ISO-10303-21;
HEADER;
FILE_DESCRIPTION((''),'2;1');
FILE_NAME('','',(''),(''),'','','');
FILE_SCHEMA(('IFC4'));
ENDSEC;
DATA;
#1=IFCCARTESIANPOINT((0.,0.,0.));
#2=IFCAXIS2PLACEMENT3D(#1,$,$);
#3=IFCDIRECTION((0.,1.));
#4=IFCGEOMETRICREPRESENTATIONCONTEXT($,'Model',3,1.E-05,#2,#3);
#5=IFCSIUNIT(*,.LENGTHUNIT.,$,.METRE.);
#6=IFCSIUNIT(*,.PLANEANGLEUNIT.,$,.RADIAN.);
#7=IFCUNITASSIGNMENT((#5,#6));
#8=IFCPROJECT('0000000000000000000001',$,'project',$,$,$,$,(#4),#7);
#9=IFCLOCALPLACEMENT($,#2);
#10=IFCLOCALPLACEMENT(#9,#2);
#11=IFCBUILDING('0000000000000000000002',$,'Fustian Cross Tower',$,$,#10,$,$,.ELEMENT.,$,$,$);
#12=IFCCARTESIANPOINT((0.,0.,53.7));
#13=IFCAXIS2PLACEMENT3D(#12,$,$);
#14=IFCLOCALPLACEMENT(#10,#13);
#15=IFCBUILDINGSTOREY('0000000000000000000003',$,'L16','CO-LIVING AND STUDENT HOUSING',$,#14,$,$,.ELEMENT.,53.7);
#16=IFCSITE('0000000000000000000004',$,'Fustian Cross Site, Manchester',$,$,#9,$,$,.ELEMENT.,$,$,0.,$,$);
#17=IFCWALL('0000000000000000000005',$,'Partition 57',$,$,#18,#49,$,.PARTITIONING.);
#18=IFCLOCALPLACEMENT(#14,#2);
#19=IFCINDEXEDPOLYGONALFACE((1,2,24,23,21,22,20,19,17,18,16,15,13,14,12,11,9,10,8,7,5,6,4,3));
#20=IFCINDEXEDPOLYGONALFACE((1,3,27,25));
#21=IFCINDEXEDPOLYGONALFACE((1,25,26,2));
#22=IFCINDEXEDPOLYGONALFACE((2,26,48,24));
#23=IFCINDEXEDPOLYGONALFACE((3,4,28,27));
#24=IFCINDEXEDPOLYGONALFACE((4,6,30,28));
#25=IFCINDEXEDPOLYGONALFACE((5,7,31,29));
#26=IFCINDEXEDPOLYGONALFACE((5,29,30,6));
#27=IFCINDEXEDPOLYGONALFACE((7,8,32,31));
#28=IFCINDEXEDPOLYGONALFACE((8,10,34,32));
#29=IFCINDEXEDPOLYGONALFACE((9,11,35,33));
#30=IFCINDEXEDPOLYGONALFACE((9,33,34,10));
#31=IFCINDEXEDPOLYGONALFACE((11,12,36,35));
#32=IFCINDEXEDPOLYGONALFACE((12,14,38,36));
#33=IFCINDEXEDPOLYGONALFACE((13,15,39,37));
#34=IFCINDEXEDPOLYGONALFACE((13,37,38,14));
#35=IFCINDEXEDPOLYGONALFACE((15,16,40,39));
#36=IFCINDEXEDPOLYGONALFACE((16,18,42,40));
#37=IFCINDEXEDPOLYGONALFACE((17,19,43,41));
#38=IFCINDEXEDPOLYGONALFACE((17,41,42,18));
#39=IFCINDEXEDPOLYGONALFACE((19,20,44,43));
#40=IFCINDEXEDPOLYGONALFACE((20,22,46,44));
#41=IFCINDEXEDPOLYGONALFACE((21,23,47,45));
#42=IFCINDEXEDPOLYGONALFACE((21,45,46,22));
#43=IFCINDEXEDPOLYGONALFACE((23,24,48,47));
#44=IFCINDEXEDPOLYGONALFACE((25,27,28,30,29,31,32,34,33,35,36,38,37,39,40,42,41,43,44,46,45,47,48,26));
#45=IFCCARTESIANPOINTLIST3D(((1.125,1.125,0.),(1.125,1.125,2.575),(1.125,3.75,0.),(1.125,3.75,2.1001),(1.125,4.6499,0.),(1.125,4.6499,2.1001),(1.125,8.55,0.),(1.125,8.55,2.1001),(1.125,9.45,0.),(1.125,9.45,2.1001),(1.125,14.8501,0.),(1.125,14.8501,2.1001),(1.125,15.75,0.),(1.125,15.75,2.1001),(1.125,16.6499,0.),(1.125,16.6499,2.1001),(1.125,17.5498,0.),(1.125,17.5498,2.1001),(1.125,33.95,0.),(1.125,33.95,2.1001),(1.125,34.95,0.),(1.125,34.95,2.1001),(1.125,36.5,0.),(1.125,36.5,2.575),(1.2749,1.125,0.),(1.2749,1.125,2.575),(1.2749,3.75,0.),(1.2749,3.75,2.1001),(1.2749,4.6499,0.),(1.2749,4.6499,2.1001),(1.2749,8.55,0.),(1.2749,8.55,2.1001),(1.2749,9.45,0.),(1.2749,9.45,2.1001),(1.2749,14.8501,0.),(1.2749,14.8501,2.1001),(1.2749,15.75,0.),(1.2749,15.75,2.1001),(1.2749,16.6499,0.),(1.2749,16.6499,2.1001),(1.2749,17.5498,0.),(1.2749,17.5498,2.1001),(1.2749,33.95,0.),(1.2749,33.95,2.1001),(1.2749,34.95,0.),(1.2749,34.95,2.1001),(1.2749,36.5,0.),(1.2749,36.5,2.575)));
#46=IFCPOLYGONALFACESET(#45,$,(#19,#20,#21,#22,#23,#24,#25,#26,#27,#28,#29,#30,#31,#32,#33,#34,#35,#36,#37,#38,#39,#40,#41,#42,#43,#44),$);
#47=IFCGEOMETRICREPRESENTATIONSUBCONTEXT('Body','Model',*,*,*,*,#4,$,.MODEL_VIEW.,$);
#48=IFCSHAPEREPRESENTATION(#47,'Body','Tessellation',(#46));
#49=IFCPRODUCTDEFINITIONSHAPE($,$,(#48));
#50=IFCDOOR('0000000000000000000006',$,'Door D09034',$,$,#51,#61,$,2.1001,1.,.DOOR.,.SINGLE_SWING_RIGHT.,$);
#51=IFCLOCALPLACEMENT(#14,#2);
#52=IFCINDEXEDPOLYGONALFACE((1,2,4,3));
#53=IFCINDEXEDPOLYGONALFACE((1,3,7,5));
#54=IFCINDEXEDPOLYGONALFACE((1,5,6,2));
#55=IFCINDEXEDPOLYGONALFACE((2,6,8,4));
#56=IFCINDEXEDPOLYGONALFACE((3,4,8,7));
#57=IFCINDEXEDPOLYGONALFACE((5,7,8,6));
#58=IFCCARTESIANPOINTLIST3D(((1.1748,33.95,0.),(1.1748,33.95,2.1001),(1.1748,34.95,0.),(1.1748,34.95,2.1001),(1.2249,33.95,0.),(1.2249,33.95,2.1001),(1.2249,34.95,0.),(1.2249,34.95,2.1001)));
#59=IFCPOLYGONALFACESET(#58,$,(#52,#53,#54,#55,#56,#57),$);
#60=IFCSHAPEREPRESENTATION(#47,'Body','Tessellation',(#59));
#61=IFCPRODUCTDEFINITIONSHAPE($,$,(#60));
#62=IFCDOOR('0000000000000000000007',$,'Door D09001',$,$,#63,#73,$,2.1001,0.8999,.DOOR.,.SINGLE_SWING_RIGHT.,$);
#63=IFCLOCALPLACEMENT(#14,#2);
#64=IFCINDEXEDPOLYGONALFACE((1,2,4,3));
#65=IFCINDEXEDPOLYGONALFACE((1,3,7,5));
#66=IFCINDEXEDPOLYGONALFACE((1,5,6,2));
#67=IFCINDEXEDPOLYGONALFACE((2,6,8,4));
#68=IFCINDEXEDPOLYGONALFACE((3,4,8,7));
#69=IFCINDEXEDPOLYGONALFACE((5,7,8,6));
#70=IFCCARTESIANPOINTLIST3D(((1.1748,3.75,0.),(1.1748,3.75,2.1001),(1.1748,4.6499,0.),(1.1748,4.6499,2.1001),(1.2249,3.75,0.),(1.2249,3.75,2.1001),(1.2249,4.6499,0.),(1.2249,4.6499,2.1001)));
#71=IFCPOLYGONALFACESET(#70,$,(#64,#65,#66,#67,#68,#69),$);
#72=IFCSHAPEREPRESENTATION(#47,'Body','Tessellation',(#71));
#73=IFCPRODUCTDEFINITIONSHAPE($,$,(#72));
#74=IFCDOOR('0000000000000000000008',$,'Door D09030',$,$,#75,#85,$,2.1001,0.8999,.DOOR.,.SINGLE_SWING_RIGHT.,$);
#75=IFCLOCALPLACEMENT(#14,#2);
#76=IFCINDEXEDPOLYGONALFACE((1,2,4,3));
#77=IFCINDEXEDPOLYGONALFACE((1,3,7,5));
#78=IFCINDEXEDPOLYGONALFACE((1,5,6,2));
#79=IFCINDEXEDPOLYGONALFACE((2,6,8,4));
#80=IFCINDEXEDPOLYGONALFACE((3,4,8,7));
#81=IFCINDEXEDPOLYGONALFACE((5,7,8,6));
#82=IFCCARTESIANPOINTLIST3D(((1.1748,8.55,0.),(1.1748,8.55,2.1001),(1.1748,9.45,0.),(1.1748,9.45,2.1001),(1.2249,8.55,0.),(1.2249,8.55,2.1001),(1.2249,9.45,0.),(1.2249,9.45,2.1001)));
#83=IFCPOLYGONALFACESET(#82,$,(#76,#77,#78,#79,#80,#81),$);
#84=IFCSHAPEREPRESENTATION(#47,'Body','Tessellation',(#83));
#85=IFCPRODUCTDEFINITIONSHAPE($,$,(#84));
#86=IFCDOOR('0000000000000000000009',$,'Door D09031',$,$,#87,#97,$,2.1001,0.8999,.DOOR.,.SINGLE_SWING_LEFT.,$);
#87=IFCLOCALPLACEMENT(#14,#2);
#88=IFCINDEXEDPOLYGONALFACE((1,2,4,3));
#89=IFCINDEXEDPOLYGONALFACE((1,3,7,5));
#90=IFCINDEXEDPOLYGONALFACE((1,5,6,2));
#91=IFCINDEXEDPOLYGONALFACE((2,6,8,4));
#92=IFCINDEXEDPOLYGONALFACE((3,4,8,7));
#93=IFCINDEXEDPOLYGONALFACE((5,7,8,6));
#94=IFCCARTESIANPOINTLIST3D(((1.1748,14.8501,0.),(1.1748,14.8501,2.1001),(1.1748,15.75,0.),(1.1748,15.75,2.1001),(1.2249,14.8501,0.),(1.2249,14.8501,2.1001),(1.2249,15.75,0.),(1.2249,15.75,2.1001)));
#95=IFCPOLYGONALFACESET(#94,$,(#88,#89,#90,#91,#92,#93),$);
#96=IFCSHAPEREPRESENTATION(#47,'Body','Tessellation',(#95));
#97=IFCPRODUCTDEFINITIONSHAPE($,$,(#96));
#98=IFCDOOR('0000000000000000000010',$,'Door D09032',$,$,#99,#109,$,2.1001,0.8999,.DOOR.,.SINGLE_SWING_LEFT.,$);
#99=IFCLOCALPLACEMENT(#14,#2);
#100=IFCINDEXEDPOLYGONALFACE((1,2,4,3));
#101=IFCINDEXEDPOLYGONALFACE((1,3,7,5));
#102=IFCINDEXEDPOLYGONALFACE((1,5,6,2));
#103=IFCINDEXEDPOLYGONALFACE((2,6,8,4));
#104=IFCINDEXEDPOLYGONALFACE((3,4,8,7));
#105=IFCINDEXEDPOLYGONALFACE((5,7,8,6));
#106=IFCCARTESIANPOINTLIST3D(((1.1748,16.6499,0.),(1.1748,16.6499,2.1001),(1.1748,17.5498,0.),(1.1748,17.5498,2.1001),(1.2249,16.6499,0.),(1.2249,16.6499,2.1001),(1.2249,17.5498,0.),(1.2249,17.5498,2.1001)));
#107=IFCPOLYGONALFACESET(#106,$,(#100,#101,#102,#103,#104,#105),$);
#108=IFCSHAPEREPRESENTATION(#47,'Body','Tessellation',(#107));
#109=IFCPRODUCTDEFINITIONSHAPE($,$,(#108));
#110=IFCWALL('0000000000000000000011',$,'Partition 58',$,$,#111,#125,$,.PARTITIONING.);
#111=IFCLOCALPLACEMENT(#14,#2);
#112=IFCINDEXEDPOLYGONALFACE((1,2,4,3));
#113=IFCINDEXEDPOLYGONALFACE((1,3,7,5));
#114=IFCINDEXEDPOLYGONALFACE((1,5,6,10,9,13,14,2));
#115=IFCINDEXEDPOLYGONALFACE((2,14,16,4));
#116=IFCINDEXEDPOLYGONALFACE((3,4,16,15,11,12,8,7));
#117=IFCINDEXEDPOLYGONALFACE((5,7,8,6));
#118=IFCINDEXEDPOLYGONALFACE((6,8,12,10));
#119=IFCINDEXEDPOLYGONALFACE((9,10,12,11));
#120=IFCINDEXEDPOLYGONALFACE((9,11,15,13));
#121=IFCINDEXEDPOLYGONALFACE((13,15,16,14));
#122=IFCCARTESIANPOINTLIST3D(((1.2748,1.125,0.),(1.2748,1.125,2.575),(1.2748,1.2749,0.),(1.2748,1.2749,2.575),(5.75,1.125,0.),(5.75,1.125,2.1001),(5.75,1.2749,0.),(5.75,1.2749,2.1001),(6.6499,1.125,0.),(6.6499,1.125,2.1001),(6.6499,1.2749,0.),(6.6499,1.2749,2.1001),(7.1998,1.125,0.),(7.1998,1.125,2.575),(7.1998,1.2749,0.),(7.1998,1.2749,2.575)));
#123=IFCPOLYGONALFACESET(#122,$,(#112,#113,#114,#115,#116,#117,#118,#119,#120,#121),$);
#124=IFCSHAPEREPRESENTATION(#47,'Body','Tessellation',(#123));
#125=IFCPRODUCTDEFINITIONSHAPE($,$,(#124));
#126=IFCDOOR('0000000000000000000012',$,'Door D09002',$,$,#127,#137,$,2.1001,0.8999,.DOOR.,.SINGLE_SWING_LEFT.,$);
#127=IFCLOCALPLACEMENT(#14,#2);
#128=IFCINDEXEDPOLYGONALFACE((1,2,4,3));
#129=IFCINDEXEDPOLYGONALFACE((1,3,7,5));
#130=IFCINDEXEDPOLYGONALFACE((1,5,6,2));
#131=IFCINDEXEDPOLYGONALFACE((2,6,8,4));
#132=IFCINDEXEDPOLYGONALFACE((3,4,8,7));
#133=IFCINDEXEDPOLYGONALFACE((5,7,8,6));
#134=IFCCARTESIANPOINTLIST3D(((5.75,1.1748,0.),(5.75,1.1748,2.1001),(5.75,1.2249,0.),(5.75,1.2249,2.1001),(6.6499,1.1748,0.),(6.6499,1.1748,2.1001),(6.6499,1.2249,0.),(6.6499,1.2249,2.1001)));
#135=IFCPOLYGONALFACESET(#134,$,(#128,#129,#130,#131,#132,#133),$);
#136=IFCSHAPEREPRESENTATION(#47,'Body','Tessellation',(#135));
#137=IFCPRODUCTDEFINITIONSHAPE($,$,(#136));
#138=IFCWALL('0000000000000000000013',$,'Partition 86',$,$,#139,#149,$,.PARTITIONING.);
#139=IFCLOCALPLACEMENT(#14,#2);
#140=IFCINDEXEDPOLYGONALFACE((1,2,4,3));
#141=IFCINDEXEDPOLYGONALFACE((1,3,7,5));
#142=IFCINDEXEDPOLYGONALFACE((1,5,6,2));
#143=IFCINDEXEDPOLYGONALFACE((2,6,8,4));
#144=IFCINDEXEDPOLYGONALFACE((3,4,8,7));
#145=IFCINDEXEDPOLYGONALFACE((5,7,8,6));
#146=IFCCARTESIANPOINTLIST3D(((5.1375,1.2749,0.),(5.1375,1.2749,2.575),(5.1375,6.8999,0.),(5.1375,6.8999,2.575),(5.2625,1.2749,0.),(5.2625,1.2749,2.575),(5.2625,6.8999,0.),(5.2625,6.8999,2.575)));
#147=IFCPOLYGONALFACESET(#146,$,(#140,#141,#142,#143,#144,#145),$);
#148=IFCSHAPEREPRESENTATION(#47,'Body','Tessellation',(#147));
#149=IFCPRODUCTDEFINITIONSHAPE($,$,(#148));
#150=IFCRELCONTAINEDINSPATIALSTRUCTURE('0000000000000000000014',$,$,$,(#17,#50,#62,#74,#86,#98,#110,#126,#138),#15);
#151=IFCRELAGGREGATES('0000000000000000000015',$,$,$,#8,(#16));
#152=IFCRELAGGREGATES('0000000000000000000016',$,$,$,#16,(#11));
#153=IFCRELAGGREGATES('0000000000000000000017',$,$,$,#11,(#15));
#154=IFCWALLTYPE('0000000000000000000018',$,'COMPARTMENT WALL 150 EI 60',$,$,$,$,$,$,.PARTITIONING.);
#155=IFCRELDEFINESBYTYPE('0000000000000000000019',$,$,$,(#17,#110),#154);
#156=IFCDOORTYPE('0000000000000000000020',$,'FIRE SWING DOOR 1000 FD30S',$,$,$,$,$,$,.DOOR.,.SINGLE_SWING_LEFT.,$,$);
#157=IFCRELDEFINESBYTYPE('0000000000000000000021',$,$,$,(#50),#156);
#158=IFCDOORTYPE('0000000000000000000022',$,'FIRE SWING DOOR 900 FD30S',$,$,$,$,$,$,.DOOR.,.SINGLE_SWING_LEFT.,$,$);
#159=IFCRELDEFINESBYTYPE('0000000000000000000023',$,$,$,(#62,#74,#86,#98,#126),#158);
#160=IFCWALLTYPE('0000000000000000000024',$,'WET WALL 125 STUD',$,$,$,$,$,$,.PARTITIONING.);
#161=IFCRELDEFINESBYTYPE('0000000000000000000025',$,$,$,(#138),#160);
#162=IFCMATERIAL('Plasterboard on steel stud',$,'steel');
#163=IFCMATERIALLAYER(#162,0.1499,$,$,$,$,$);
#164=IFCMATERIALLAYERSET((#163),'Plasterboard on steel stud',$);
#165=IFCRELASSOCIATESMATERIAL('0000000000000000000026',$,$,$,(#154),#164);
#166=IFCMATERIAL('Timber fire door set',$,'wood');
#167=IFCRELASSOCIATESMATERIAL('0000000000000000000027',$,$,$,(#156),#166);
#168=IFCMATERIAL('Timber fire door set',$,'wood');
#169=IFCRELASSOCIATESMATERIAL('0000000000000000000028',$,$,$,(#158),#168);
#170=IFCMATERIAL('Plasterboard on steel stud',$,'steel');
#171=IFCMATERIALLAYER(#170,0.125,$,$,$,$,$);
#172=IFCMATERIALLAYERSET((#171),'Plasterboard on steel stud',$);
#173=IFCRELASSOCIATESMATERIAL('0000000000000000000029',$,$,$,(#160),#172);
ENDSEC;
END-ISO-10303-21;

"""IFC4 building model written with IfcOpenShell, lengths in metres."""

from ifc_helpers import new_model, si_unit, direction, frame, frame_2d, origin, place, context, subcontext, project, spatial, rectangle, extrude, material, layer, layer_set, type_object, element, fill, save


model = new_model("IFC4")

# Units and contexts
model_context = context("Model", 3, precision=1e-05, world=origin(), true_north=direction((0.0, 1.0)))
body_context = subcontext(model_context, "Body", "Model", "MODEL_VIEW")
ifc_project = project(units=[si_unit("LENGTHUNIT", "METRE"), si_unit("PLANEANGLEUNIT", "RADIAN")], contexts=[model_context])

# Site, building, storey
site_placement = place(None, origin())
site = spatial("IfcSite", under=ifc_project, at=site_placement, Name="Fustian Cross Site, Manchester", CompositionType="ELEMENT", RefElevation=0.0)
building_placement = place(site_placement, origin())
building = spatial("IfcBuilding", under=site, at=building_placement, Name="Fustian Cross Tower", CompositionType="ELEMENT")
storey_placement = place(building_placement, frame((0.0, 0.0, 53.7)))
storey = spatial("IfcBuildingStorey", under=building, at=storey_placement, Name="L16", Description="CO-LIVING AND STUDENT HOUSING", CompositionType="ELEMENT", Elevation=53.7)

# Wall, openings, doors
ifc_material_1 = material(Name="Plasterboard on steel stud", Category="steel")
ifc_layer_1 = layer(ifc_material_1, 0.1499)
ifc_layer_set_1 = layer_set([ifc_layer_1], Name="Plasterboard on steel stud")
wall_type_1 = type_object("IfcWallType", Name="COMPARTMENT WALL 150 EI 60", PredefinedType="PARTITIONING", material=ifc_layer_set_1)
wall_1_placement = place(storey_placement, frame((1.2, 1.125, 0.0), z_axis=(0.0, 0.0, 1.0), x_axis=(0.0, 1.0, 0.0)))
wall_1 = element("IfcWall", 1, at=wall_1_placement, inside=storey, type_object=wall_type_1, Name="Partition 57", PredefinedType="PARTITIONING", context=body_context, shape_type="SweptSolid", body=[
    extrude(rectangle(XDim=35.375, YDim=0.1499, at=frame_2d((17.6875, 0.0))), origin(), (0.0, 0.0, 1.0), 2.575),
])
opening_1_placement = place(wall_1_placement, frame((2.625, 0.0, 0.0)))
opening_1 = element("IfcOpeningElement", 2, at=opening_1_placement, cuts=wall_1, PredefinedType="OPENING", context=body_context, shape_type="SweptSolid", body=[
    extrude(rectangle(XDim=0.8999, YDim=2.1001, at=frame_2d((0.45, 1.05))), frame((0.0, 0.085, 0.0), z_axis=(0.0, -1.0, 0.0), x_axis=(1.0, 0.0, 0.0)), (0.0, 0.0, 1.0), 0.1699),
])
opening_2_placement = place(wall_1_placement, frame((7.425, 0.0, 0.0)))
opening_2 = element("IfcOpeningElement", 3, at=opening_2_placement, cuts=wall_1, PredefinedType="OPENING", context=body_context, shape_type="SweptSolid", body=[
    extrude(rectangle(XDim=0.8999, YDim=2.1001, at=frame_2d((0.45, 1.05))), frame((0.0, 0.085, 0.0), z_axis=(0.0, -1.0, 0.0), x_axis=(1.0, 0.0, 0.0)), (0.0, 0.0, 1.0), 0.1699),
])
opening_3_placement = place(wall_1_placement, frame((13.7251, 0.0, 0.0)))
opening_3 = element("IfcOpeningElement", 4, at=opening_3_placement, cuts=wall_1, PredefinedType="OPENING", context=body_context, shape_type="SweptSolid", body=[
    extrude(rectangle(XDim=0.8999, YDim=2.1001, at=frame_2d((0.45, 1.05))), frame((0.0, 0.085, 0.0), z_axis=(0.0, -1.0, 0.0), x_axis=(1.0, 0.0, 0.0)), (0.0, 0.0, 1.0), 0.1699),
])
opening_4_placement = place(wall_1_placement, frame((15.5249, 0.0, 0.0)))
opening_4 = element("IfcOpeningElement", 5, at=opening_4_placement, cuts=wall_1, PredefinedType="OPENING", context=body_context, shape_type="SweptSolid", body=[
    extrude(rectangle(XDim=0.8999, YDim=2.1001, at=frame_2d((0.45, 1.05))), frame((0.0, 0.085, 0.0), z_axis=(0.0, -1.0, 0.0), x_axis=(1.0, 0.0, 0.0)), (0.0, 0.0, 1.0), 0.1699),
])
opening_5_placement = place(wall_1_placement, frame((32.825, 0.0, 0.0)))
opening_5 = element("IfcOpeningElement", 6, at=opening_5_placement, cuts=wall_1, PredefinedType="OPENING", context=body_context, shape_type="SweptSolid", body=[
    extrude(rectangle(XDim=1.0, YDim=2.1001, at=frame_2d((0.5, 1.05))), frame((0.0, 0.085, 0.0), z_axis=(0.0, -1.0, 0.0), x_axis=(1.0, 0.0, 0.0)), (0.0, 0.0, 1.0), 0.1699),
])
ifc_material_2 = material(Name="Timber fire door set", Category="wood")
door_type_1 = type_object("IfcDoorType", Name="FIRE SWING DOOR 1000 FD30S", OperationType="SINGLE_SWING_LEFT", PredefinedType="DOOR", material=ifc_material_2)
door_1_placement = place(opening_5_placement, frame((1.0, 0.0, 0.0), z_axis=(0.0, 0.0, 1.0), x_axis=(-1.0, 0.0, 0.0)))
door_1 = element("IfcDoor", 7, at=door_1_placement, inside=storey, type_object=door_type_1, Name="Door D09034", OperationType="SINGLE_SWING_RIGHT", OverallHeight=2.1001, OverallWidth=1.0, PredefinedType="DOOR", context=body_context, shape_type="SweptSolid", body=[
    extrude(rectangle(XDim=1.0, YDim=2.1001, at=frame_2d((0.5, 1.05))), frame((0.0, 0.0249, 0.0), z_axis=(0.0, -1.0, 0.0), x_axis=(1.0, 0.0, 0.0)), (0.0, 0.0, 1.0), 0.05),
])
fill(opening_5, door_1)
ifc_material_3 = material(Name="Timber fire door set", Category="wood")
door_type_2 = type_object("IfcDoorType", Name="FIRE SWING DOOR 900 FD30S", OperationType="SINGLE_SWING_LEFT", PredefinedType="DOOR", material=ifc_material_3)
door_2_placement = place(opening_1_placement, frame((0.8999, 0.0, 0.0), z_axis=(0.0, 0.0, 1.0), x_axis=(-1.0, 0.0, 0.0)))
door_2 = element("IfcDoor", 8, at=door_2_placement, inside=storey, type_object=door_type_2, Name="Door D09001", OperationType="SINGLE_SWING_RIGHT", OverallHeight=2.1001, OverallWidth=0.8999, PredefinedType="DOOR", context=body_context, shape_type="SweptSolid", body=[
    extrude(rectangle(XDim=0.8999, YDim=2.1001, at=frame_2d((0.45, 1.05))), frame((0.0, 0.0249, 0.0), z_axis=(0.0, -1.0, 0.0), x_axis=(1.0, 0.0, 0.0)), (0.0, 0.0, 1.0), 0.05),
])
fill(opening_1, door_2)
door_3_placement = place(opening_2_placement, frame((0.8999, 0.0, 0.0), z_axis=(0.0, 0.0, 1.0), x_axis=(-1.0, 0.0, 0.0)))
door_3 = element("IfcDoor", 9, at=door_3_placement, inside=storey, type_object=door_type_2, Name="Door D09030", OperationType="SINGLE_SWING_RIGHT", OverallHeight=2.1001, OverallWidth=0.8999, PredefinedType="DOOR", context=body_context, shape_type="SweptSolid", body=[
    extrude(rectangle(XDim=0.8999, YDim=2.1001, at=frame_2d((0.45, 1.05))), frame((0.0, 0.0249, 0.0), z_axis=(0.0, -1.0, 0.0), x_axis=(1.0, 0.0, 0.0)), (0.0, 0.0, 1.0), 0.05),
])
fill(opening_2, door_3)
door_4_placement = place(opening_3_placement, frame((0.8999, 0.0, 0.0), z_axis=(0.0, 0.0, 1.0), x_axis=(-1.0, 0.0, 0.0)))
door_4 = element("IfcDoor", 10, at=door_4_placement, inside=storey, type_object=door_type_2, Name="Door D09031", OperationType="SINGLE_SWING_LEFT", OverallHeight=2.1001, OverallWidth=0.8999, PredefinedType="DOOR", context=body_context, shape_type="SweptSolid", body=[
    extrude(rectangle(XDim=0.8999, YDim=2.1001, at=frame_2d((0.45, 1.05))), frame((0.0, 0.0249, 0.0), z_axis=(0.0, -1.0, 0.0), x_axis=(1.0, 0.0, 0.0)), (0.0, 0.0, 1.0), 0.05),
])
fill(opening_3, door_4)
door_5_placement = place(opening_4_placement, frame((0.8999, 0.0, 0.0), z_axis=(0.0, 0.0, 1.0), x_axis=(-1.0, 0.0, 0.0)))
door_5 = element("IfcDoor", 11, at=door_5_placement, inside=storey, type_object=door_type_2, Name="Door D09032", OperationType="SINGLE_SWING_LEFT", OverallHeight=2.1001, OverallWidth=0.8999, PredefinedType="DOOR", context=body_context, shape_type="SweptSolid", body=[
    extrude(rectangle(XDim=0.8999, YDim=2.1001, at=frame_2d((0.45, 1.05))), frame((0.0, 0.0249, 0.0), z_axis=(0.0, -1.0, 0.0), x_axis=(1.0, 0.0, 0.0)), (0.0, 0.0, 1.0), 0.05),
])
fill(opening_4, door_5)

# Wall, opening, door
wall_2_placement = place(storey_placement, frame((1.2749, 1.2, 0.0), z_axis=(0.0, 0.0, 1.0), x_axis=(1.0, 0.0, 0.0)))
wall_2 = element("IfcWall", 12, at=wall_2_placement, inside=storey, type_object=wall_type_1, Name="Partition 58", PredefinedType="PARTITIONING", context=body_context, shape_type="SweptSolid", body=[
    extrude(rectangle(XDim=5.925, YDim=0.1499, at=frame_2d((2.9624, 0.0))), origin(), (0.0, 0.0, 1.0), 2.575),
])
opening_6_placement = place(wall_2_placement, frame((4.4751, 0.0, 0.0)))
opening_6 = element("IfcOpeningElement", 13, at=opening_6_placement, cuts=wall_2, PredefinedType="OPENING", context=body_context, shape_type="SweptSolid", body=[
    extrude(rectangle(XDim=0.8999, YDim=2.1001, at=frame_2d((0.45, 1.05))), frame((0.0, 0.085, 0.0), z_axis=(0.0, -1.0, 0.0), x_axis=(1.0, 0.0, 0.0)), (0.0, 0.0, 1.0), 0.1699),
])
door_6_placement = place(opening_6_placement, origin())
door_6 = element("IfcDoor", 14, at=door_6_placement, inside=storey, type_object=door_type_2, Name="Door D09002", OperationType="SINGLE_SWING_LEFT", OverallHeight=2.1001, OverallWidth=0.8999, PredefinedType="DOOR", context=body_context, shape_type="SweptSolid", body=[
    extrude(rectangle(XDim=0.8999, YDim=2.1001, at=frame_2d((0.45, 1.05))), frame((0.0, 0.0249, 0.0), z_axis=(0.0, -1.0, 0.0), x_axis=(1.0, 0.0, 0.0)), (0.0, 0.0, 1.0), 0.05),
])
fill(opening_6, door_6)

# Wall
ifc_material_4 = material(Name="Plasterboard on steel stud", Category="steel")
ifc_layer_2 = layer(ifc_material_4, 0.125)
ifc_layer_set_2 = layer_set([ifc_layer_2], Name="Plasterboard on steel stud")
wall_type_2 = type_object("IfcWallType", Name="WET WALL 125 STUD", PredefinedType="PARTITIONING", material=ifc_layer_set_2)
wall_3_placement = place(storey_placement, frame((5.2, 1.2749, 0.0), z_axis=(0.0, 0.0, 1.0), x_axis=(0.0, 1.0, 0.0)))
element("IfcWall", 15, at=wall_3_placement, inside=storey, type_object=wall_type_2, Name="Partition 86", PredefinedType="PARTITIONING", context=body_context, shape_type="SweptSolid", body=[
    extrude(rectangle(XDim=5.625, YDim=0.125, at=frame_2d((2.8125, 0.0))), origin(), (0.0, 0.0, 1.0), 2.575),
])

save(model, "model.ifc")
